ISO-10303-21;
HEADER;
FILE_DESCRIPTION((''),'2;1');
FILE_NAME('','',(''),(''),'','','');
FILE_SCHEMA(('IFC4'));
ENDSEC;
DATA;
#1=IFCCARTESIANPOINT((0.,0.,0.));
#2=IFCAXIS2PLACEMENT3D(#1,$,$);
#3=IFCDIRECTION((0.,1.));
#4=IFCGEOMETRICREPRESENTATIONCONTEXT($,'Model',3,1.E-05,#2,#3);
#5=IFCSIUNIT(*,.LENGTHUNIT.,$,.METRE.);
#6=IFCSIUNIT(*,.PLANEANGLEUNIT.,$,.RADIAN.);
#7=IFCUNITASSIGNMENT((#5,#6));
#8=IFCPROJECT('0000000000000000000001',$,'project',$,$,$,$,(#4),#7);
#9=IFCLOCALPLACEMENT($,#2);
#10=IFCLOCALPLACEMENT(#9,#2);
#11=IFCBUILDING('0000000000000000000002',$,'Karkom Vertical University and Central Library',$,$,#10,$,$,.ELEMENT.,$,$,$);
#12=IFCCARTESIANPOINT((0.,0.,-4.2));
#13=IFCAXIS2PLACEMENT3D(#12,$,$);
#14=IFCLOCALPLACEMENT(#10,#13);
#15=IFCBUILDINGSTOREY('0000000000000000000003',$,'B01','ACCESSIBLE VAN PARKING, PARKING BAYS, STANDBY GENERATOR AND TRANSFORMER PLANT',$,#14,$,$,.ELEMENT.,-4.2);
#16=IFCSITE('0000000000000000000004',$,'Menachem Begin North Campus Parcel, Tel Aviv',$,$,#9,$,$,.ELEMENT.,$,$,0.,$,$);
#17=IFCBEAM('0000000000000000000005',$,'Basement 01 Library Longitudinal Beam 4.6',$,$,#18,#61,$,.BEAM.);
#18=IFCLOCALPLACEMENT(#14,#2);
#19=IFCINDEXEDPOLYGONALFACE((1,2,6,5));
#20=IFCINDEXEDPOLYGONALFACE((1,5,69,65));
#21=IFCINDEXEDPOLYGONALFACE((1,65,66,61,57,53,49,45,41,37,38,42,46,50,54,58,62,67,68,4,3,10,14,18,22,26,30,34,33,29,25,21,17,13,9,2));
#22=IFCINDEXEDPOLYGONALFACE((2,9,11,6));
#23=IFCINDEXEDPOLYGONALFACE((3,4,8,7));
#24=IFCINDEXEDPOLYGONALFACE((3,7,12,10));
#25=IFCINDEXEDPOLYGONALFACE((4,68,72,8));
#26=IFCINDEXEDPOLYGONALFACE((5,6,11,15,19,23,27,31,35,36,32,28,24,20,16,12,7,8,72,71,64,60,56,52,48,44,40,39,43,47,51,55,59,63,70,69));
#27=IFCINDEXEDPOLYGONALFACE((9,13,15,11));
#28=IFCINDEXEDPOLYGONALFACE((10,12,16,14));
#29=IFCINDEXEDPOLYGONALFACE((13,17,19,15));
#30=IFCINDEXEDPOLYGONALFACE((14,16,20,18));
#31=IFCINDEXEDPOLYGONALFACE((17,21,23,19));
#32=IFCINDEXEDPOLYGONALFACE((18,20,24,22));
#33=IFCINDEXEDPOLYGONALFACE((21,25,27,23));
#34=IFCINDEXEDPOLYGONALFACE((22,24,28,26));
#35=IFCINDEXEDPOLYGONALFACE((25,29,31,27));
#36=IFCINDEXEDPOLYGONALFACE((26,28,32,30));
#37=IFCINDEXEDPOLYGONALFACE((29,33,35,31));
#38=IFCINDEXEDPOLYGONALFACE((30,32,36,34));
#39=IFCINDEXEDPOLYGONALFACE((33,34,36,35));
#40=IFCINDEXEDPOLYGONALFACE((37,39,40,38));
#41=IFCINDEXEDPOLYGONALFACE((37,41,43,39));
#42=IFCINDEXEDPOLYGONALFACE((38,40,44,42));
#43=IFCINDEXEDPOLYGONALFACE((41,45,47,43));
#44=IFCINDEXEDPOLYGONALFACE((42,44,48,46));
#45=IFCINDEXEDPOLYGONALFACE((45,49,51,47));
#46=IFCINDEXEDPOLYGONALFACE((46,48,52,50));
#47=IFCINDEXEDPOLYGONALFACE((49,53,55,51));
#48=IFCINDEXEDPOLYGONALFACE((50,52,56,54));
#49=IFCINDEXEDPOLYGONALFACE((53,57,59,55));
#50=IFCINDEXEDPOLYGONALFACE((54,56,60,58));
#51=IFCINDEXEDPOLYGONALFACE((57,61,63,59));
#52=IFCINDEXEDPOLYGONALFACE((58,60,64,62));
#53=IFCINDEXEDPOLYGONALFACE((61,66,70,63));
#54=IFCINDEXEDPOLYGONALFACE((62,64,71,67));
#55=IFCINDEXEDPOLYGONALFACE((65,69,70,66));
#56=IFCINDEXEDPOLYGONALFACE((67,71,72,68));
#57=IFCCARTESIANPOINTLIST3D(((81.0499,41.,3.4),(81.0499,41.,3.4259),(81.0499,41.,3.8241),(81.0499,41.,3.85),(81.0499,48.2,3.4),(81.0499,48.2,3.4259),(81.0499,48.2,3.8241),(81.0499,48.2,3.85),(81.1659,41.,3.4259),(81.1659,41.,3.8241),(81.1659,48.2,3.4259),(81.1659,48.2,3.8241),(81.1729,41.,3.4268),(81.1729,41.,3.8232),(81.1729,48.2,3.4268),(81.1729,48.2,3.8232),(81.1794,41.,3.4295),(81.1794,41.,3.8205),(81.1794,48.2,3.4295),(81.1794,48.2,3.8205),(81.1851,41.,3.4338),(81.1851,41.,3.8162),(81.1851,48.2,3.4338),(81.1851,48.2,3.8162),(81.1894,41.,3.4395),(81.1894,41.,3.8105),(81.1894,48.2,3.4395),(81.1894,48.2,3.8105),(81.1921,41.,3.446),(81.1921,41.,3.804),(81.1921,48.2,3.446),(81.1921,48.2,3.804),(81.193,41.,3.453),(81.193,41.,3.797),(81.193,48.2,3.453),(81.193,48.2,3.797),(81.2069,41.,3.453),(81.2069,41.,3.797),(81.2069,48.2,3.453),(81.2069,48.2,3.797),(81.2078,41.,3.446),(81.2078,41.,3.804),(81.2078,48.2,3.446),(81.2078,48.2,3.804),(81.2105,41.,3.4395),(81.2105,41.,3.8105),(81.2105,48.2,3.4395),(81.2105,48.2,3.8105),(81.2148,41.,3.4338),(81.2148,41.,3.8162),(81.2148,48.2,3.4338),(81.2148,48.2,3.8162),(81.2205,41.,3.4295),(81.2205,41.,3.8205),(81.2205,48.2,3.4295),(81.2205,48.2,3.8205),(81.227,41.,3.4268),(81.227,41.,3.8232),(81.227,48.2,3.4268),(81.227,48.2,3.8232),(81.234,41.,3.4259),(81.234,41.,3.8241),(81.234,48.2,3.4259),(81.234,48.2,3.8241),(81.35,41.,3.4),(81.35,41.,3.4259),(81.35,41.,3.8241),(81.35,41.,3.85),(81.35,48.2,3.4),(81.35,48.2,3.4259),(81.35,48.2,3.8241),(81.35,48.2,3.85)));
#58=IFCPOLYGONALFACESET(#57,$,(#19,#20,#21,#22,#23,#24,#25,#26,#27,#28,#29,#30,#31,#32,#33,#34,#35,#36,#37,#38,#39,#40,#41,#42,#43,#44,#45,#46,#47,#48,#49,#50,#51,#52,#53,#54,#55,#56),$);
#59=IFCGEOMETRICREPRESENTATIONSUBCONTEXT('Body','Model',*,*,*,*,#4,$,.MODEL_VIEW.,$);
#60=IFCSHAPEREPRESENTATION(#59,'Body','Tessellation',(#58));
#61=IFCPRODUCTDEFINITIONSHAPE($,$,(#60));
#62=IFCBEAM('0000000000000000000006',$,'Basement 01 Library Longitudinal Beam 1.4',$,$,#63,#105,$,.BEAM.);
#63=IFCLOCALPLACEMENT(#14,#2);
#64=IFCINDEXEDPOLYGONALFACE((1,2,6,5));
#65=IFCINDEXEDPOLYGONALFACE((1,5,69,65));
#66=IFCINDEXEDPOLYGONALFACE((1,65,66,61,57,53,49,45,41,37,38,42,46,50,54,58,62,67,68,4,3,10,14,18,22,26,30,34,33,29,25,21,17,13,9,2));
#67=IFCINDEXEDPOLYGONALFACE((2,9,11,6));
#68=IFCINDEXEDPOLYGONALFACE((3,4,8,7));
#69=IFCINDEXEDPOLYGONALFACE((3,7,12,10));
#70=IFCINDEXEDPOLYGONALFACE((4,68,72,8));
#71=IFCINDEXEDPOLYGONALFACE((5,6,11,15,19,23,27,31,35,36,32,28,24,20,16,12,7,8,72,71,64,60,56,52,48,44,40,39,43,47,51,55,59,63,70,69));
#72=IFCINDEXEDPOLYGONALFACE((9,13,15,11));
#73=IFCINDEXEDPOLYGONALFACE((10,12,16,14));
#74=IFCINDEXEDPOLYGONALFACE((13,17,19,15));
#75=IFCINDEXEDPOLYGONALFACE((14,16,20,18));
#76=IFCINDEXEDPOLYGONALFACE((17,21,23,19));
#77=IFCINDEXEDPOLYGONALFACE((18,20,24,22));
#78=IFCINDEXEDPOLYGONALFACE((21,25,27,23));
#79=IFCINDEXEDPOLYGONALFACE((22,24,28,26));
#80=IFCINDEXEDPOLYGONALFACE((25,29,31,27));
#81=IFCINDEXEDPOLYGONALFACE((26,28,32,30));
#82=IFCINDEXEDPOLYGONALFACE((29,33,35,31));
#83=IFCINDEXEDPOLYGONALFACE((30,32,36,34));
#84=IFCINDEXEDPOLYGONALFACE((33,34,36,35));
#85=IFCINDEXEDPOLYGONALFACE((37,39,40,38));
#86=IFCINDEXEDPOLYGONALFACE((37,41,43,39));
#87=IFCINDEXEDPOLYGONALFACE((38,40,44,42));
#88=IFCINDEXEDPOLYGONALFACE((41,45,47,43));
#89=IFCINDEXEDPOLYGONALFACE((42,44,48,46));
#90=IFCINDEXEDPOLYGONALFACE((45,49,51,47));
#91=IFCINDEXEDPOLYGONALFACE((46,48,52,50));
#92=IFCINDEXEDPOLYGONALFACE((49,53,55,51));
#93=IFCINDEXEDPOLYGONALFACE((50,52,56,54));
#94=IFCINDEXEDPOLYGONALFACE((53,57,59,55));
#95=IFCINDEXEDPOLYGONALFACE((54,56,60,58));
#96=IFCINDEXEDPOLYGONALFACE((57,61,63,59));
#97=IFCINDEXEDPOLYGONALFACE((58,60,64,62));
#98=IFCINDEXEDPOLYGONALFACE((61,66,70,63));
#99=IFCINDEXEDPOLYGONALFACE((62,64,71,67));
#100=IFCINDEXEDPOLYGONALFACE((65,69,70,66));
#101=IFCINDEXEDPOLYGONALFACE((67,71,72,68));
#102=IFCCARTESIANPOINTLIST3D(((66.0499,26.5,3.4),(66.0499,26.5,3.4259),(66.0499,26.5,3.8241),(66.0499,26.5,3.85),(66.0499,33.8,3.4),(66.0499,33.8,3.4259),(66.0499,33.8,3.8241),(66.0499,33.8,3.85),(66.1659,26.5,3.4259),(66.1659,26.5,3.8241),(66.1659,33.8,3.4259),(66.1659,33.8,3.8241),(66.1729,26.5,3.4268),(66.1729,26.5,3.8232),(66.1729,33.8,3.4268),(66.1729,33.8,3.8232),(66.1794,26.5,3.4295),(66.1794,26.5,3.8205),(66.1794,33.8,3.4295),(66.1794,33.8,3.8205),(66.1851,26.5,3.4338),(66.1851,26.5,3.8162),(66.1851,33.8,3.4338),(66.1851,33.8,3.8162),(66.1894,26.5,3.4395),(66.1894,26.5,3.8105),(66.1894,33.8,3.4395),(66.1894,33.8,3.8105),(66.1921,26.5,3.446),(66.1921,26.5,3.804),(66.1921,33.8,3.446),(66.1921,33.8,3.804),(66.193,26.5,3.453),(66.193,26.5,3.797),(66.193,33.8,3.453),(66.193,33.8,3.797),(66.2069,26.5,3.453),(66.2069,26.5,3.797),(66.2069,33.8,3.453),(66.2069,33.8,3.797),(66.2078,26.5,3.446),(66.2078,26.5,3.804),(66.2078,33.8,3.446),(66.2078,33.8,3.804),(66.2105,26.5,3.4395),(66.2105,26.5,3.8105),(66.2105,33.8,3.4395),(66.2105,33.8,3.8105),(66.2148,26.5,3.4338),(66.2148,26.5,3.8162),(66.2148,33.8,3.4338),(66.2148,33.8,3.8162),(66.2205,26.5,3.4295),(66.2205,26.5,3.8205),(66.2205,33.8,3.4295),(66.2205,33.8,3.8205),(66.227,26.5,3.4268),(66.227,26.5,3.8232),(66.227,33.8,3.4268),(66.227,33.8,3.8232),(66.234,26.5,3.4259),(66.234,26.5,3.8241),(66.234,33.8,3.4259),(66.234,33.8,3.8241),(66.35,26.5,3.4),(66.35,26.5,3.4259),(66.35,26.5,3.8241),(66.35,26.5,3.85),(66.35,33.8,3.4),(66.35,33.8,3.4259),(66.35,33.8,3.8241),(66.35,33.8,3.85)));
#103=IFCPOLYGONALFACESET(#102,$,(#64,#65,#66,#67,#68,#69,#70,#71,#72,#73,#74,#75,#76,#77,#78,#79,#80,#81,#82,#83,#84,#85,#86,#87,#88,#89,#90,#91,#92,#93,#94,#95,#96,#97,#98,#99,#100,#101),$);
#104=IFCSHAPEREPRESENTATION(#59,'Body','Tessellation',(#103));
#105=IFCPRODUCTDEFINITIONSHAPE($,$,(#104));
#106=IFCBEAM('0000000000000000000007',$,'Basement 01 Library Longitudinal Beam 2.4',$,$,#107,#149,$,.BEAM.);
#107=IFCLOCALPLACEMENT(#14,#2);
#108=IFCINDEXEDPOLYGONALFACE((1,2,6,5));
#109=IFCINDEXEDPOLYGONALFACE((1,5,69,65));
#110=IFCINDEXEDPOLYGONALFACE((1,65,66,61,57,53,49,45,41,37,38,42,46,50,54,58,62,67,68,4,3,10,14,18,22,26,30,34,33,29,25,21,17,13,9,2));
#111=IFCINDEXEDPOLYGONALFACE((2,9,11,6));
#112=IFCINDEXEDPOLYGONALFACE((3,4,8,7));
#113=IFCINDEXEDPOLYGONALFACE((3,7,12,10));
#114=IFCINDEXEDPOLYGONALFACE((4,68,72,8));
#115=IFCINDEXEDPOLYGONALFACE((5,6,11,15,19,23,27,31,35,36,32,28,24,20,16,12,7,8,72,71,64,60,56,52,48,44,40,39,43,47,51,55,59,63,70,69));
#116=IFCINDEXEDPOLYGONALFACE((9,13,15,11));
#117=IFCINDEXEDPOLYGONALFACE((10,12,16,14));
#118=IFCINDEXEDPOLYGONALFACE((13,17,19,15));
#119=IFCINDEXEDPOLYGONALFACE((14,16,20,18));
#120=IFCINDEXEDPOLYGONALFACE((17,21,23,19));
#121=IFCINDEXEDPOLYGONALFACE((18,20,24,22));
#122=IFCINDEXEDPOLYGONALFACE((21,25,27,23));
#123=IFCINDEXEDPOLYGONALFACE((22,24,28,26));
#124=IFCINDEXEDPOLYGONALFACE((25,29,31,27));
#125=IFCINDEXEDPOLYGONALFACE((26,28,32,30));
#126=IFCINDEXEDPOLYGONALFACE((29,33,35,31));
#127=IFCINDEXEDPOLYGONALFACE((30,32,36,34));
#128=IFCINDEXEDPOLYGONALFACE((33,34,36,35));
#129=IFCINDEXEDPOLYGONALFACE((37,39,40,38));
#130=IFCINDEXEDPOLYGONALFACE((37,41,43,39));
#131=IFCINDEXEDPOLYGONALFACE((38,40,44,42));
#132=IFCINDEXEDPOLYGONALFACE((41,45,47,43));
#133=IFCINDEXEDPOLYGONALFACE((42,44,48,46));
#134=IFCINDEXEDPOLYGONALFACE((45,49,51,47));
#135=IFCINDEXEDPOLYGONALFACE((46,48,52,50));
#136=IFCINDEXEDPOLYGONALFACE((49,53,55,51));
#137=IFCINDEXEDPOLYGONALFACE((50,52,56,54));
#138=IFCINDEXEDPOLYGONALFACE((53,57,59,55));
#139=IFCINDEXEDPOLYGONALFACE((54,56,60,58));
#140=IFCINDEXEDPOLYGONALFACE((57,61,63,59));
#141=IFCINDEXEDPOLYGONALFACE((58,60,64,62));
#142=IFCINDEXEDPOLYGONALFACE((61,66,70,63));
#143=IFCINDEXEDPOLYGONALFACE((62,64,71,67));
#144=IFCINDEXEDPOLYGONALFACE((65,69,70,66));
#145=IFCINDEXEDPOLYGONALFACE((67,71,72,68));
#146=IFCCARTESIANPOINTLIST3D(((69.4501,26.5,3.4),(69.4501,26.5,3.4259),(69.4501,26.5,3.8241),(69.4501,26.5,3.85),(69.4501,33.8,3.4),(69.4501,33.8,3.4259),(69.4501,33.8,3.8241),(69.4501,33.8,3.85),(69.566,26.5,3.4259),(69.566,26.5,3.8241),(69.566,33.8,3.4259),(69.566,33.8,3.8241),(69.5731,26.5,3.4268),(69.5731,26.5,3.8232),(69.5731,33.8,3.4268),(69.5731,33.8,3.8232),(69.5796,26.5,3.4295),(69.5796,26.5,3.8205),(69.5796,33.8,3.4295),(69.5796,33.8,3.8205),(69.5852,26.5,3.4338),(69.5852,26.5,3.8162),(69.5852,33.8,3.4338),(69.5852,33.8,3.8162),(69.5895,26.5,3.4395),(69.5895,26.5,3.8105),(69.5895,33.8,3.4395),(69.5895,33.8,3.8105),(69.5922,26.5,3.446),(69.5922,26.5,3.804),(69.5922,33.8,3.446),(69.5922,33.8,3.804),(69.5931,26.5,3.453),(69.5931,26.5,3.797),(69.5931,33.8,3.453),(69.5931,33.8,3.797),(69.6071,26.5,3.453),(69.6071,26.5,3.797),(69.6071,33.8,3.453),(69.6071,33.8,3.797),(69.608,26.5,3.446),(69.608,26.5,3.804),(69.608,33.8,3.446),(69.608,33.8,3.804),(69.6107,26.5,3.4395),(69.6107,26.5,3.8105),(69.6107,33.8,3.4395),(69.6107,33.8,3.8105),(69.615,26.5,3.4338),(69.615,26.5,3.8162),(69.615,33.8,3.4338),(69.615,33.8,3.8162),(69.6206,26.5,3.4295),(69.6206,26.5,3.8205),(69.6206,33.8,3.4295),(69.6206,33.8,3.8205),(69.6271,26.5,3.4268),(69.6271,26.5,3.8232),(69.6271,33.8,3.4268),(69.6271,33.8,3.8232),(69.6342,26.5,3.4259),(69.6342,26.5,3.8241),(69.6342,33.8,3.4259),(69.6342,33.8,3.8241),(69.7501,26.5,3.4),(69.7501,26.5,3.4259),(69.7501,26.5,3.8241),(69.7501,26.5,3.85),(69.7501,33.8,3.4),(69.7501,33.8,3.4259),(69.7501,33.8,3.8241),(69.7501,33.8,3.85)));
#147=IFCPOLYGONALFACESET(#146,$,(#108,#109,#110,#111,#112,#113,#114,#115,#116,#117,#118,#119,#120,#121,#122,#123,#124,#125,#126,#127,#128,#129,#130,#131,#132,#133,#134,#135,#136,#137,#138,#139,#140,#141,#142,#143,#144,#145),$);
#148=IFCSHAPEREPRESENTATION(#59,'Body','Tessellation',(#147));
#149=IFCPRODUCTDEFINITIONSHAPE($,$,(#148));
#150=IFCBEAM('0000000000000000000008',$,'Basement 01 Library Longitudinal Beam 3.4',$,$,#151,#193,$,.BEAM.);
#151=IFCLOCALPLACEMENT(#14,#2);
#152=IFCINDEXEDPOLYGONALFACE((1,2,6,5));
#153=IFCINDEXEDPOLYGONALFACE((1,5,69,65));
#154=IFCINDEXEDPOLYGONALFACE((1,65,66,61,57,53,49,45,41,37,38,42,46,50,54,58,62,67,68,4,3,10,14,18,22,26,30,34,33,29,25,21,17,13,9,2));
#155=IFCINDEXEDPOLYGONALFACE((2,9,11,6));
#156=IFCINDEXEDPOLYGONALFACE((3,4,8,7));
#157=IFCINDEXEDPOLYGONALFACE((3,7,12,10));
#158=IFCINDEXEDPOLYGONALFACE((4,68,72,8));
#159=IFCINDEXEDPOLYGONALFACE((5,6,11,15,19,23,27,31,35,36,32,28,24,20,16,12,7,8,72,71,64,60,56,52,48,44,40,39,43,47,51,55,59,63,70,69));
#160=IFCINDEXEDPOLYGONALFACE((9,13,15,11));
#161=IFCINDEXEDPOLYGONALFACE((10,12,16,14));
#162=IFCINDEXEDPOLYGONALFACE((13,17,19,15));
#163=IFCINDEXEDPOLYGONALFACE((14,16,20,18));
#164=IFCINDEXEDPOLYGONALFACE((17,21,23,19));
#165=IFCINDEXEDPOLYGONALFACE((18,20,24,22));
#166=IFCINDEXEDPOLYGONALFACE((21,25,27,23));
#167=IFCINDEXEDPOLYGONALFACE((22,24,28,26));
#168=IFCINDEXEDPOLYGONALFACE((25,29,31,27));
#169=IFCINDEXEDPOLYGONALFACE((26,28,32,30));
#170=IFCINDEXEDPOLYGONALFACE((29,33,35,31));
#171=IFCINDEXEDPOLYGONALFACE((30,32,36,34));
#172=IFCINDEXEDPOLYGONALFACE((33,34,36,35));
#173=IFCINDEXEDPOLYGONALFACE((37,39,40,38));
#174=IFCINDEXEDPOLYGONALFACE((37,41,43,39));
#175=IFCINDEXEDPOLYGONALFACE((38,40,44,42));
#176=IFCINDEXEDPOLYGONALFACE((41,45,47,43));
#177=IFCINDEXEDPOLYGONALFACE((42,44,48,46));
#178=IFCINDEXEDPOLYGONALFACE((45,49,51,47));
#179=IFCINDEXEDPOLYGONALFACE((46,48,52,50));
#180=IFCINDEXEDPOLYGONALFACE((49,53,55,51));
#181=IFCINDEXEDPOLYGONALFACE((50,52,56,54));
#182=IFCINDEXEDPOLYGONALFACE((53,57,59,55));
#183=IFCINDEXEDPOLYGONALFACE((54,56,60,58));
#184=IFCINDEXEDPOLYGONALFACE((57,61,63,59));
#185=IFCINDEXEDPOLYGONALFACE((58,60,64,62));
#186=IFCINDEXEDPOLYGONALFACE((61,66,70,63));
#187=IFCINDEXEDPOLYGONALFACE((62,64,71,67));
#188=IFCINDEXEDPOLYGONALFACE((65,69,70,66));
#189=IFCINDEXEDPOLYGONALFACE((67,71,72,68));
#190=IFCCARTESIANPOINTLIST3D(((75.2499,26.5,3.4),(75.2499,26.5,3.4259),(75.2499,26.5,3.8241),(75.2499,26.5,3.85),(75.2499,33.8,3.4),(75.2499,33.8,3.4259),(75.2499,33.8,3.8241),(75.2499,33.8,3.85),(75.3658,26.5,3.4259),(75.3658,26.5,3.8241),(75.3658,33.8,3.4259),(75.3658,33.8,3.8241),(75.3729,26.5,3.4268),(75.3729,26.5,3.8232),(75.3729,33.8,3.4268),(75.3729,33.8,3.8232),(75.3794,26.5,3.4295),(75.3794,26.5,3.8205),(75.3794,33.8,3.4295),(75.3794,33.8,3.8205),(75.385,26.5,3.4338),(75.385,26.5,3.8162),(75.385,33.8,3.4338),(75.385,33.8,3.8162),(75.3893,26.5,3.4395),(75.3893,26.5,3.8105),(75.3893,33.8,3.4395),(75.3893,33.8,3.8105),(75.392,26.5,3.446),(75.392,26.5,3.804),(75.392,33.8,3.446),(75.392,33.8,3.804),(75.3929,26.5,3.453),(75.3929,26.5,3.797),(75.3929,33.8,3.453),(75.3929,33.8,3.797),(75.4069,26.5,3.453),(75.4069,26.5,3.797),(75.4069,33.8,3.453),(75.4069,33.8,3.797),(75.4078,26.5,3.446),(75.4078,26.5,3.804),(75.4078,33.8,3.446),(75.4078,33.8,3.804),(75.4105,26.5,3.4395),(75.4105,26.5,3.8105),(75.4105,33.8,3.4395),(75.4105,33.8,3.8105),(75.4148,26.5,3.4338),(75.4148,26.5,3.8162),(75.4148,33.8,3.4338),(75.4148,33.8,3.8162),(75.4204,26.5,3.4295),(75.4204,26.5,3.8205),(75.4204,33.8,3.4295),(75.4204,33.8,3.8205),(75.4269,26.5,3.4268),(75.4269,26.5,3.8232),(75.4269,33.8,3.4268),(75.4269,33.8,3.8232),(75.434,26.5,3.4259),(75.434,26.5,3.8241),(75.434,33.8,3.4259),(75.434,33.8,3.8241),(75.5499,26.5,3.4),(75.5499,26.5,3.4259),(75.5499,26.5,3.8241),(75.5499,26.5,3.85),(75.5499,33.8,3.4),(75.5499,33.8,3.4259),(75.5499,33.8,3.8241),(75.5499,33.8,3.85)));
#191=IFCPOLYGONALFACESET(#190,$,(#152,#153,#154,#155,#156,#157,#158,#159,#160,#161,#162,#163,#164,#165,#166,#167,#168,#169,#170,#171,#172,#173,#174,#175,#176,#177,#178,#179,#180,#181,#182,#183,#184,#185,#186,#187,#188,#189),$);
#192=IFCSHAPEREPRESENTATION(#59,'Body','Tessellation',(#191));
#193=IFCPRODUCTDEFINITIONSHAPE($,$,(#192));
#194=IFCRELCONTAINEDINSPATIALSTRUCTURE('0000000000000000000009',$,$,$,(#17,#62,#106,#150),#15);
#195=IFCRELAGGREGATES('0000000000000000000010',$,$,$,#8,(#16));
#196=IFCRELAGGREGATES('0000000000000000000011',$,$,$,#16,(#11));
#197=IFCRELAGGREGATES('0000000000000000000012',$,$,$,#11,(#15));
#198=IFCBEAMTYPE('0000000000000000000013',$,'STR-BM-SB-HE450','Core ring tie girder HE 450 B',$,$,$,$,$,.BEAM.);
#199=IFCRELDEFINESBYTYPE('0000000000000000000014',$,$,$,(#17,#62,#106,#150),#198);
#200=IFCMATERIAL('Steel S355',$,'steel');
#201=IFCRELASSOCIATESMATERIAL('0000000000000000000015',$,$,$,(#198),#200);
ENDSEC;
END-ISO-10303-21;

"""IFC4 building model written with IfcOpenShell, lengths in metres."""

from ifc_helpers import new_model, si_unit, direction, frame, origin, origin_with_axes, origin_2d, place, context, subcontext, project, spatial, i_section, extrude, source, transform, mapped, material, material_profile, profile_set, type_object, element, save


model = new_model("IFC4")

# Units and contexts
model_context = context("Model", 3, precision=1e-05, world=origin(), true_north=direction((0.0, 1.0)))
body_context = subcontext(model_context, "Body", "Model", "MODEL_VIEW")
ifc_project = project(units=[si_unit("LENGTHUNIT", "METRE"), si_unit("PLANEANGLEUNIT", "RADIAN")], contexts=[model_context])

# Site, building, storey
site_placement = place(None, origin())
site = spatial("IfcSite", under=ifc_project, at=site_placement, Name="Menachem Begin North Campus Parcel, Tel Aviv", CompositionType="ELEMENT", RefElevation=0.0)
building_placement = place(site_placement, origin())
building = spatial("IfcBuilding", under=site, at=building_placement, Name="Karkom Vertical University and Central Library", CompositionType="ELEMENT")
storey_placement = place(building_placement, frame((0.0, 0.0, -4.2)))
storey = spatial("IfcBuildingStorey", under=building, at=storey_placement, Name="B01", Description="ACCESSIBLE VAN PARKING, PARKING BAYS, STANDBY GENERATOR AND TRANSFORMER PLANT", CompositionType="ELEMENT", Elevation=-4.2)

# Beams
ifc_material_1 = material(Name="Steel S355", Category="steel")
ifc_material_profile_1 = material_profile(ifc_material_1, i_section(OverallWidth=0.3, OverallDepth=0.45, WebThickness=0.0139, FlangeThickness=0.0259, FilletRadius=0.0271, at=origin_2d()), Name="HE 450 B")
ifc_profile_set_1 = profile_set([ifc_material_profile_1], Name="Steel S355")
beam_type_1 = type_object("IfcBeamType", Name="STR-BM-SB-HE450", Description="Core ring tie girder HE 450 B", PredefinedType="BEAM", material=ifc_profile_set_1)
shared_shape_1 = source(origin_with_axes(), body_context, "Body", "SweptSolid", [
    extrude(i_section(OverallWidth=0.3, OverallDepth=0.45, WebThickness=0.0139, FlangeThickness=0.0259, FilletRadius=0.0271, at=origin_2d()), origin(), (0.0, 0.0, 1.0), 7.2),
])
for number, where, z_axis, x_axis, name in (
    (1, (81.2, 41.0, 3.625), (0.0, 1.0, 0.0), (-1.0, 0.0, 0.0), "Basement 01 Library Longitudinal Beam 4.6"),
):
    element("IfcBeam", number, at=place(storey_placement, frame(where, z_axis=z_axis, x_axis=x_axis)), inside=storey, type_object=beam_type_1, Name=name, PredefinedType="BEAM", context=body_context, shape_type="MappedRepresentation", body=[
        mapped(shared_shape_1, transform((0.0, 0.0, 0.0), scale=1.0)),
    ])
shared_shape_2 = source(origin_with_axes(), body_context, "Body", "SweptSolid", [
    extrude(i_section(OverallWidth=0.3, OverallDepth=0.45, WebThickness=0.0139, FlangeThickness=0.0259, FilletRadius=0.0271, at=origin_2d()), origin(), (0.0, 0.0, 1.0), 7.3),
])
for number, where, z_axis, x_axis, name in (
    (2, (66.2, 26.5, 3.625), (0.0, 1.0, 0.0), (-1.0, 0.0, 0.0), "Basement 01 Library Longitudinal Beam 1.4"),
    (3, (69.6001, 26.5, 3.625), (0.0, 1.0, 0.0), (-1.0, 0.0, 0.0), "Basement 01 Library Longitudinal Beam 2.4"),
    (4, (75.3999, 26.5, 3.625), (0.0, 1.0, 0.0), (-1.0, 0.0, 0.0), "Basement 01 Library Longitudinal Beam 3.4"),
):
    element("IfcBeam", number, at=place(storey_placement, frame(where, z_axis=z_axis, x_axis=x_axis)), inside=storey, type_object=beam_type_1, Name=name, PredefinedType="BEAM", context=body_context, shape_type="MappedRepresentation", body=[
        mapped(shared_shape_2, transform((0.0, 0.0, 0.0), scale=1.0)),
    ])

save(model, "model.ifc")
